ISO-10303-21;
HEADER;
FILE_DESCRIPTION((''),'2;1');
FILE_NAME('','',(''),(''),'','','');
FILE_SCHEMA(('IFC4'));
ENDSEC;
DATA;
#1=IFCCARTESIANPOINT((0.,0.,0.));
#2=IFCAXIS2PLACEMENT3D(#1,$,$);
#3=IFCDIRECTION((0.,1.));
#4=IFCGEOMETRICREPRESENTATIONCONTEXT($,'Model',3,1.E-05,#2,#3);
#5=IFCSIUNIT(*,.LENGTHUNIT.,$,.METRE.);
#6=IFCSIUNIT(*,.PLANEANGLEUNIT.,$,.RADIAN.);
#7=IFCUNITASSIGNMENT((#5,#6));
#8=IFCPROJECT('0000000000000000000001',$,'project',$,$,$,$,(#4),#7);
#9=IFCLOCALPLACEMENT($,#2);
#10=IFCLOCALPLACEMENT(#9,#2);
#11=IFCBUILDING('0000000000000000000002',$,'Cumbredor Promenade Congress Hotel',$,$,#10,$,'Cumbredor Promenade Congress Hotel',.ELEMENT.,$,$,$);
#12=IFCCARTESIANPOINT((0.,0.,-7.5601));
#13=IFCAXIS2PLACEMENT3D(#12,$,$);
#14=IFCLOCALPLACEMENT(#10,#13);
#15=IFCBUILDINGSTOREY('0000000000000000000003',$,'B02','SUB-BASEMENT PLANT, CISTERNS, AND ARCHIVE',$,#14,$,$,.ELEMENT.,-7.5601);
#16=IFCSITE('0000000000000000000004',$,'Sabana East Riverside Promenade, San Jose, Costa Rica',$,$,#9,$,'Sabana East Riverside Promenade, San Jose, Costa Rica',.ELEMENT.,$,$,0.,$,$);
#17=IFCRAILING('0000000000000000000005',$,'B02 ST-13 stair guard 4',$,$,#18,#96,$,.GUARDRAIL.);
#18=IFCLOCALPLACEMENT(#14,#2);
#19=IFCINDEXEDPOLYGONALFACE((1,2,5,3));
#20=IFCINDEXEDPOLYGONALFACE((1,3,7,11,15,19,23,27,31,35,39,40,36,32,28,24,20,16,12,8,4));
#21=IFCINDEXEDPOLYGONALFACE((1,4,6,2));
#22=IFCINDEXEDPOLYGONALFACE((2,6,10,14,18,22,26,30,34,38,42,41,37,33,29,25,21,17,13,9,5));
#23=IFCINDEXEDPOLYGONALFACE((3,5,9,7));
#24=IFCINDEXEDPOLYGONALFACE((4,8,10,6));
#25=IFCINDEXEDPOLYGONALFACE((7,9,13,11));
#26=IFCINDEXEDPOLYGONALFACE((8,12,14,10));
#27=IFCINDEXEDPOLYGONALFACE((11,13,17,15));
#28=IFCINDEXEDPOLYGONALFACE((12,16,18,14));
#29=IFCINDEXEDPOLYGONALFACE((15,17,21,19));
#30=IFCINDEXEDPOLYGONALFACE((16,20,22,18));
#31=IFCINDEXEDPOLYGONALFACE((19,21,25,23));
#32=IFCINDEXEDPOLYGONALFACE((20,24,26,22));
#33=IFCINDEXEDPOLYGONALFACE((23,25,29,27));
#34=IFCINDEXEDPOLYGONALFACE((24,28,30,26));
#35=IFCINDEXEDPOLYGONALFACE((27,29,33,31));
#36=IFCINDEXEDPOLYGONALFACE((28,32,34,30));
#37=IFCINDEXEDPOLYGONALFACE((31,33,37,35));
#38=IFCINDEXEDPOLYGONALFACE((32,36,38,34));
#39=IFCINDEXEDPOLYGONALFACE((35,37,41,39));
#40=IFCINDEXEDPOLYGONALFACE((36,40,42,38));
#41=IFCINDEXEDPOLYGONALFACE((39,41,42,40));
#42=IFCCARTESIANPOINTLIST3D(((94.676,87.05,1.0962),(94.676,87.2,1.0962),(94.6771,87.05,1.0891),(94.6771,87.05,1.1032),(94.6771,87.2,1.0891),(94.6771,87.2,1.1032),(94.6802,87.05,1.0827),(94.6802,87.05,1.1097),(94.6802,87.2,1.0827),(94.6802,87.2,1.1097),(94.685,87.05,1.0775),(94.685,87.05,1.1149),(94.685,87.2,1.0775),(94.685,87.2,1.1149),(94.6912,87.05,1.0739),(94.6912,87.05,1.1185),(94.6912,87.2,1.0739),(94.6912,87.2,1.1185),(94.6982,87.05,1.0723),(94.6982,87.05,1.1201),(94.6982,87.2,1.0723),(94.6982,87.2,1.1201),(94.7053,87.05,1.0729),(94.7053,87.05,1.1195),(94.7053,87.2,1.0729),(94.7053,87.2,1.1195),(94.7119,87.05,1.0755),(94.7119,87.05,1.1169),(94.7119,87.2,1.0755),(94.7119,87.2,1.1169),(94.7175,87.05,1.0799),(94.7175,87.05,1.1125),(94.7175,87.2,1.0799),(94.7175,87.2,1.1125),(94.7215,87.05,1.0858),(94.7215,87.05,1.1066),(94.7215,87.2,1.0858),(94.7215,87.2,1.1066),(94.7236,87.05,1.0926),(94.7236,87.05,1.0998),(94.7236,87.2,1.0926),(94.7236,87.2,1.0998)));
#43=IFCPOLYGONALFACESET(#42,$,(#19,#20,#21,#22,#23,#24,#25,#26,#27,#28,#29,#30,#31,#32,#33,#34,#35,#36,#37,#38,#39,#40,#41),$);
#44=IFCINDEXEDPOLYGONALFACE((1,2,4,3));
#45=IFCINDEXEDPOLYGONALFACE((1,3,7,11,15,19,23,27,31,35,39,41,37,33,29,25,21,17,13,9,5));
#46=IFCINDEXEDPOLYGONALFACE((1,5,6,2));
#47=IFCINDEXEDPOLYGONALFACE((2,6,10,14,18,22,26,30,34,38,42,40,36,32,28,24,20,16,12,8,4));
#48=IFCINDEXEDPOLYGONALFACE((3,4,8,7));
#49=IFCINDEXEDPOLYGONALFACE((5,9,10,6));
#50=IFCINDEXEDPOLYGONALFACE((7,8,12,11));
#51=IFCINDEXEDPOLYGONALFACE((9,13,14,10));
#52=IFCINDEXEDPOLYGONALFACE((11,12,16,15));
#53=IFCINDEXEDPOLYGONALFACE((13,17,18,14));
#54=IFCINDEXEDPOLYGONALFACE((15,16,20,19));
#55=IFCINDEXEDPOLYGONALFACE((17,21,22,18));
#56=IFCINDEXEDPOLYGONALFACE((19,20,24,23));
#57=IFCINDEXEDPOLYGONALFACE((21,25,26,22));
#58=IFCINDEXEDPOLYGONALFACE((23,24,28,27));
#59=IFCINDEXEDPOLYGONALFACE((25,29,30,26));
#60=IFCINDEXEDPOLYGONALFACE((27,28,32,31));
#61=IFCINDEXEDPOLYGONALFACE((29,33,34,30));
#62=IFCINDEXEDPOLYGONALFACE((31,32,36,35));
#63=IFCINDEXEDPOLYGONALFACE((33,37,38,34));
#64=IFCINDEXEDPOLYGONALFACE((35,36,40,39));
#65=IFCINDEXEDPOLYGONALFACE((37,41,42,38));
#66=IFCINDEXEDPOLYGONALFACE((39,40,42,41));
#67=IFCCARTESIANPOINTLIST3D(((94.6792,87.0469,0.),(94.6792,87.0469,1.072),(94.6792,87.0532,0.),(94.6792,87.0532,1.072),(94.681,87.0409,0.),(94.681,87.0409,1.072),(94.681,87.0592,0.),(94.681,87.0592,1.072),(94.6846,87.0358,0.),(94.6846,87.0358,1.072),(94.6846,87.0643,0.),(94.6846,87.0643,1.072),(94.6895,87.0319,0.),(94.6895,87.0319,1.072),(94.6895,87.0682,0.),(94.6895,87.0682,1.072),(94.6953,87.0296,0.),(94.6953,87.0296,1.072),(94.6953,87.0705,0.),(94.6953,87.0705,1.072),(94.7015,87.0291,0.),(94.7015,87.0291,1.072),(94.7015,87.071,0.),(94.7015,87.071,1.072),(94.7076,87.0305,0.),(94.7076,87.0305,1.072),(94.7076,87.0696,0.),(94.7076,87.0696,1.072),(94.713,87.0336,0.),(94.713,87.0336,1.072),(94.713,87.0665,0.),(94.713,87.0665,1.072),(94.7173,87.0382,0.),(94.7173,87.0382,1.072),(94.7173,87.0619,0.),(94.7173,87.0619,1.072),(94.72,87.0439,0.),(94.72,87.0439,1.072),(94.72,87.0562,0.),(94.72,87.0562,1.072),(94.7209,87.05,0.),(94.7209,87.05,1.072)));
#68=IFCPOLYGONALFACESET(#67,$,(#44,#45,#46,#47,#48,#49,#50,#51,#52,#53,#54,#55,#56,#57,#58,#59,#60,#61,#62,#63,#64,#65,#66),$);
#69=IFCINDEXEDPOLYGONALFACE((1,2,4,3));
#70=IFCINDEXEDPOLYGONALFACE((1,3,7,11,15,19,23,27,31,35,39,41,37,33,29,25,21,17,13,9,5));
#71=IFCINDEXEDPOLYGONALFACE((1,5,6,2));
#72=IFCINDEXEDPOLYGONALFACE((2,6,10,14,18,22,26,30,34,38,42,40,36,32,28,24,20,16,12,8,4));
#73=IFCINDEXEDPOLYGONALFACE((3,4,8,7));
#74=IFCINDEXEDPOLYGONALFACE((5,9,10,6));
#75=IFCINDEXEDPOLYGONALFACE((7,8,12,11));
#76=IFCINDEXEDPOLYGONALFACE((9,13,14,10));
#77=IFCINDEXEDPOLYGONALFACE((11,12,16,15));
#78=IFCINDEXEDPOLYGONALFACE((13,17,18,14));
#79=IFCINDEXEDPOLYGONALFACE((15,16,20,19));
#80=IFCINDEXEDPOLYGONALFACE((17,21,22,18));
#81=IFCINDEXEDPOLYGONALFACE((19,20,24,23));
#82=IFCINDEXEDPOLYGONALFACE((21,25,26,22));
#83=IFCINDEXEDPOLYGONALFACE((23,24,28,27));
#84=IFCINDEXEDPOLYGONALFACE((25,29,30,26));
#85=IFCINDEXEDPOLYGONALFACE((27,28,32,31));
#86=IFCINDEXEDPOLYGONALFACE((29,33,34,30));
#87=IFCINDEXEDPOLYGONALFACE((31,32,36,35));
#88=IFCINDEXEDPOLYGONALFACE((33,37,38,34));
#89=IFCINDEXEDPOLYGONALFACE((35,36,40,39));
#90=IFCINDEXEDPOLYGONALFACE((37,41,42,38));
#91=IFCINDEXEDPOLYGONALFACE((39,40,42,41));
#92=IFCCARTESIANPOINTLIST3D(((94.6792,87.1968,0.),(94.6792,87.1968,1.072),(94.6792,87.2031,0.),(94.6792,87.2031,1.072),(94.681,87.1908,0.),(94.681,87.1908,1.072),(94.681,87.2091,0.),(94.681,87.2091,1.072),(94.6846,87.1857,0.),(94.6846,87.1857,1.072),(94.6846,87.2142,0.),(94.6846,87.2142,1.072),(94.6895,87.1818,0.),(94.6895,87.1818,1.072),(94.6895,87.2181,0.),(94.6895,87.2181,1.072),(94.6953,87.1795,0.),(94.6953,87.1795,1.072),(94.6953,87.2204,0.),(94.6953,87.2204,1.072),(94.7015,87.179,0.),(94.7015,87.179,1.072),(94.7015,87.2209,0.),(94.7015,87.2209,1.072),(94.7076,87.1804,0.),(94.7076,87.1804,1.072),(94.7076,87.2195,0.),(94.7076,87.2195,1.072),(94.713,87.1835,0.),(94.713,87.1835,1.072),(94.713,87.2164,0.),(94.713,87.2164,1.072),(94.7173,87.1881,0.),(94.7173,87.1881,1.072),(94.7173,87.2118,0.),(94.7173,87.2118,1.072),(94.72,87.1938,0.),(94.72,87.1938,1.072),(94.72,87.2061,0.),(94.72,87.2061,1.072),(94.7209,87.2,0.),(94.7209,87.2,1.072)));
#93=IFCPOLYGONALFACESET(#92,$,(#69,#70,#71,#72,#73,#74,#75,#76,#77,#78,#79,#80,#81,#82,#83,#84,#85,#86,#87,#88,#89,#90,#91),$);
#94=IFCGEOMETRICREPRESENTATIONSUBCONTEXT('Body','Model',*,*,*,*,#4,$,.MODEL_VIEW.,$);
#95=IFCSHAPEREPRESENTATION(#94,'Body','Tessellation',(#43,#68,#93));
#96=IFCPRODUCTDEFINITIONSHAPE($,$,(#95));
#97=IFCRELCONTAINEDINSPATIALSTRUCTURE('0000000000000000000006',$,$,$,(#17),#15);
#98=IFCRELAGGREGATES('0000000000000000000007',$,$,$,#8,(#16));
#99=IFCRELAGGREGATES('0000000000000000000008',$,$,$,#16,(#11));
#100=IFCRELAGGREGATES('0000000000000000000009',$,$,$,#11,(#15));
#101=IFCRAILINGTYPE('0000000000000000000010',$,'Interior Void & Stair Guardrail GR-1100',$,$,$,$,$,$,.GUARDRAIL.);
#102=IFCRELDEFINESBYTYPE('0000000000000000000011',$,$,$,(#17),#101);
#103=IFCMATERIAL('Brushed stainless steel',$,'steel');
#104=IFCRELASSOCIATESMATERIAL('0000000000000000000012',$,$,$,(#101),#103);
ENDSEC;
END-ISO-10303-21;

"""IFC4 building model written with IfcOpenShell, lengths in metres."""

from ifc_helpers import new_model, si_unit, direction, frame, origin, origin_2d, place, context, subcontext, project, spatial, circle, extrude, material, type_object, element, save


model = new_model("IFC4")

# Units and contexts
model_context = context("Model", 3, precision=1e-05, world=origin(), true_north=direction((0.0, 1.0)))
body_context = subcontext(model_context, "Body", "Model", "MODEL_VIEW")
ifc_project = project(units=[si_unit("LENGTHUNIT", "METRE"), si_unit("PLANEANGLEUNIT", "RADIAN")], contexts=[model_context])

# Site, building, storey
site_placement = place(None, origin())
site = spatial("IfcSite", under=ifc_project, at=site_placement, Name="Sabana East Riverside Promenade, San Jose, Costa Rica", LongName="Sabana East Riverside Promenade, San Jose, Costa Rica", CompositionType="ELEMENT", RefElevation=0.0)
building_placement = place(site_placement, origin())
building = spatial("IfcBuilding", under=site, at=building_placement, Name="Cumbredor Promenade Congress Hotel", LongName="Cumbredor Promenade Congress Hotel", CompositionType="ELEMENT")
storey_placement = place(building_placement, frame((0.0, 0.0, -7.5601)))
storey = spatial("IfcBuildingStorey", under=building, at=storey_placement, Name="B02", Description="SUB-BASEMENT PLANT, CISTERNS, AND ARCHIVE", CompositionType="ELEMENT", Elevation=-7.5601)

# Railing
ifc_material_1 = material(Name="Brushed stainless steel", Category="steel")
railing_type_1 = type_object("IfcRailingType", Name="Interior Void & Stair Guardrail GR-1100", PredefinedType="GUARDRAIL", material=ifc_material_1)
railing_1_placement = place(storey_placement, frame((94.7, 87.05, 0.0)))
element("IfcRailing", 1, at=railing_1_placement, inside=storey, type_object=railing_type_1, Name="B02 ST-13 stair guard 4", PredefinedType="GUARDRAIL", context=body_context, shape_type="SweptSolid", body=[
    extrude(circle(Radius=0.0239, at=origin_2d()), frame((0.0, 0.0, 1.0962), z_axis=(0.0, 1.0, 0.0), x_axis=(-1.0, 0.0, 0.0)), (0.0, 0.0, 1.0), 0.1499),
    extrude(circle(Radius=0.021, at=origin_2d()), origin(), (0.0, 0.0, 1.0), 1.072),
    extrude(circle(Radius=0.021, at=origin_2d()), frame((0.0, 0.1499, 0.0)), (0.0, 0.0, 1.0), 1.072),
])

save(model, "model.ifc")
